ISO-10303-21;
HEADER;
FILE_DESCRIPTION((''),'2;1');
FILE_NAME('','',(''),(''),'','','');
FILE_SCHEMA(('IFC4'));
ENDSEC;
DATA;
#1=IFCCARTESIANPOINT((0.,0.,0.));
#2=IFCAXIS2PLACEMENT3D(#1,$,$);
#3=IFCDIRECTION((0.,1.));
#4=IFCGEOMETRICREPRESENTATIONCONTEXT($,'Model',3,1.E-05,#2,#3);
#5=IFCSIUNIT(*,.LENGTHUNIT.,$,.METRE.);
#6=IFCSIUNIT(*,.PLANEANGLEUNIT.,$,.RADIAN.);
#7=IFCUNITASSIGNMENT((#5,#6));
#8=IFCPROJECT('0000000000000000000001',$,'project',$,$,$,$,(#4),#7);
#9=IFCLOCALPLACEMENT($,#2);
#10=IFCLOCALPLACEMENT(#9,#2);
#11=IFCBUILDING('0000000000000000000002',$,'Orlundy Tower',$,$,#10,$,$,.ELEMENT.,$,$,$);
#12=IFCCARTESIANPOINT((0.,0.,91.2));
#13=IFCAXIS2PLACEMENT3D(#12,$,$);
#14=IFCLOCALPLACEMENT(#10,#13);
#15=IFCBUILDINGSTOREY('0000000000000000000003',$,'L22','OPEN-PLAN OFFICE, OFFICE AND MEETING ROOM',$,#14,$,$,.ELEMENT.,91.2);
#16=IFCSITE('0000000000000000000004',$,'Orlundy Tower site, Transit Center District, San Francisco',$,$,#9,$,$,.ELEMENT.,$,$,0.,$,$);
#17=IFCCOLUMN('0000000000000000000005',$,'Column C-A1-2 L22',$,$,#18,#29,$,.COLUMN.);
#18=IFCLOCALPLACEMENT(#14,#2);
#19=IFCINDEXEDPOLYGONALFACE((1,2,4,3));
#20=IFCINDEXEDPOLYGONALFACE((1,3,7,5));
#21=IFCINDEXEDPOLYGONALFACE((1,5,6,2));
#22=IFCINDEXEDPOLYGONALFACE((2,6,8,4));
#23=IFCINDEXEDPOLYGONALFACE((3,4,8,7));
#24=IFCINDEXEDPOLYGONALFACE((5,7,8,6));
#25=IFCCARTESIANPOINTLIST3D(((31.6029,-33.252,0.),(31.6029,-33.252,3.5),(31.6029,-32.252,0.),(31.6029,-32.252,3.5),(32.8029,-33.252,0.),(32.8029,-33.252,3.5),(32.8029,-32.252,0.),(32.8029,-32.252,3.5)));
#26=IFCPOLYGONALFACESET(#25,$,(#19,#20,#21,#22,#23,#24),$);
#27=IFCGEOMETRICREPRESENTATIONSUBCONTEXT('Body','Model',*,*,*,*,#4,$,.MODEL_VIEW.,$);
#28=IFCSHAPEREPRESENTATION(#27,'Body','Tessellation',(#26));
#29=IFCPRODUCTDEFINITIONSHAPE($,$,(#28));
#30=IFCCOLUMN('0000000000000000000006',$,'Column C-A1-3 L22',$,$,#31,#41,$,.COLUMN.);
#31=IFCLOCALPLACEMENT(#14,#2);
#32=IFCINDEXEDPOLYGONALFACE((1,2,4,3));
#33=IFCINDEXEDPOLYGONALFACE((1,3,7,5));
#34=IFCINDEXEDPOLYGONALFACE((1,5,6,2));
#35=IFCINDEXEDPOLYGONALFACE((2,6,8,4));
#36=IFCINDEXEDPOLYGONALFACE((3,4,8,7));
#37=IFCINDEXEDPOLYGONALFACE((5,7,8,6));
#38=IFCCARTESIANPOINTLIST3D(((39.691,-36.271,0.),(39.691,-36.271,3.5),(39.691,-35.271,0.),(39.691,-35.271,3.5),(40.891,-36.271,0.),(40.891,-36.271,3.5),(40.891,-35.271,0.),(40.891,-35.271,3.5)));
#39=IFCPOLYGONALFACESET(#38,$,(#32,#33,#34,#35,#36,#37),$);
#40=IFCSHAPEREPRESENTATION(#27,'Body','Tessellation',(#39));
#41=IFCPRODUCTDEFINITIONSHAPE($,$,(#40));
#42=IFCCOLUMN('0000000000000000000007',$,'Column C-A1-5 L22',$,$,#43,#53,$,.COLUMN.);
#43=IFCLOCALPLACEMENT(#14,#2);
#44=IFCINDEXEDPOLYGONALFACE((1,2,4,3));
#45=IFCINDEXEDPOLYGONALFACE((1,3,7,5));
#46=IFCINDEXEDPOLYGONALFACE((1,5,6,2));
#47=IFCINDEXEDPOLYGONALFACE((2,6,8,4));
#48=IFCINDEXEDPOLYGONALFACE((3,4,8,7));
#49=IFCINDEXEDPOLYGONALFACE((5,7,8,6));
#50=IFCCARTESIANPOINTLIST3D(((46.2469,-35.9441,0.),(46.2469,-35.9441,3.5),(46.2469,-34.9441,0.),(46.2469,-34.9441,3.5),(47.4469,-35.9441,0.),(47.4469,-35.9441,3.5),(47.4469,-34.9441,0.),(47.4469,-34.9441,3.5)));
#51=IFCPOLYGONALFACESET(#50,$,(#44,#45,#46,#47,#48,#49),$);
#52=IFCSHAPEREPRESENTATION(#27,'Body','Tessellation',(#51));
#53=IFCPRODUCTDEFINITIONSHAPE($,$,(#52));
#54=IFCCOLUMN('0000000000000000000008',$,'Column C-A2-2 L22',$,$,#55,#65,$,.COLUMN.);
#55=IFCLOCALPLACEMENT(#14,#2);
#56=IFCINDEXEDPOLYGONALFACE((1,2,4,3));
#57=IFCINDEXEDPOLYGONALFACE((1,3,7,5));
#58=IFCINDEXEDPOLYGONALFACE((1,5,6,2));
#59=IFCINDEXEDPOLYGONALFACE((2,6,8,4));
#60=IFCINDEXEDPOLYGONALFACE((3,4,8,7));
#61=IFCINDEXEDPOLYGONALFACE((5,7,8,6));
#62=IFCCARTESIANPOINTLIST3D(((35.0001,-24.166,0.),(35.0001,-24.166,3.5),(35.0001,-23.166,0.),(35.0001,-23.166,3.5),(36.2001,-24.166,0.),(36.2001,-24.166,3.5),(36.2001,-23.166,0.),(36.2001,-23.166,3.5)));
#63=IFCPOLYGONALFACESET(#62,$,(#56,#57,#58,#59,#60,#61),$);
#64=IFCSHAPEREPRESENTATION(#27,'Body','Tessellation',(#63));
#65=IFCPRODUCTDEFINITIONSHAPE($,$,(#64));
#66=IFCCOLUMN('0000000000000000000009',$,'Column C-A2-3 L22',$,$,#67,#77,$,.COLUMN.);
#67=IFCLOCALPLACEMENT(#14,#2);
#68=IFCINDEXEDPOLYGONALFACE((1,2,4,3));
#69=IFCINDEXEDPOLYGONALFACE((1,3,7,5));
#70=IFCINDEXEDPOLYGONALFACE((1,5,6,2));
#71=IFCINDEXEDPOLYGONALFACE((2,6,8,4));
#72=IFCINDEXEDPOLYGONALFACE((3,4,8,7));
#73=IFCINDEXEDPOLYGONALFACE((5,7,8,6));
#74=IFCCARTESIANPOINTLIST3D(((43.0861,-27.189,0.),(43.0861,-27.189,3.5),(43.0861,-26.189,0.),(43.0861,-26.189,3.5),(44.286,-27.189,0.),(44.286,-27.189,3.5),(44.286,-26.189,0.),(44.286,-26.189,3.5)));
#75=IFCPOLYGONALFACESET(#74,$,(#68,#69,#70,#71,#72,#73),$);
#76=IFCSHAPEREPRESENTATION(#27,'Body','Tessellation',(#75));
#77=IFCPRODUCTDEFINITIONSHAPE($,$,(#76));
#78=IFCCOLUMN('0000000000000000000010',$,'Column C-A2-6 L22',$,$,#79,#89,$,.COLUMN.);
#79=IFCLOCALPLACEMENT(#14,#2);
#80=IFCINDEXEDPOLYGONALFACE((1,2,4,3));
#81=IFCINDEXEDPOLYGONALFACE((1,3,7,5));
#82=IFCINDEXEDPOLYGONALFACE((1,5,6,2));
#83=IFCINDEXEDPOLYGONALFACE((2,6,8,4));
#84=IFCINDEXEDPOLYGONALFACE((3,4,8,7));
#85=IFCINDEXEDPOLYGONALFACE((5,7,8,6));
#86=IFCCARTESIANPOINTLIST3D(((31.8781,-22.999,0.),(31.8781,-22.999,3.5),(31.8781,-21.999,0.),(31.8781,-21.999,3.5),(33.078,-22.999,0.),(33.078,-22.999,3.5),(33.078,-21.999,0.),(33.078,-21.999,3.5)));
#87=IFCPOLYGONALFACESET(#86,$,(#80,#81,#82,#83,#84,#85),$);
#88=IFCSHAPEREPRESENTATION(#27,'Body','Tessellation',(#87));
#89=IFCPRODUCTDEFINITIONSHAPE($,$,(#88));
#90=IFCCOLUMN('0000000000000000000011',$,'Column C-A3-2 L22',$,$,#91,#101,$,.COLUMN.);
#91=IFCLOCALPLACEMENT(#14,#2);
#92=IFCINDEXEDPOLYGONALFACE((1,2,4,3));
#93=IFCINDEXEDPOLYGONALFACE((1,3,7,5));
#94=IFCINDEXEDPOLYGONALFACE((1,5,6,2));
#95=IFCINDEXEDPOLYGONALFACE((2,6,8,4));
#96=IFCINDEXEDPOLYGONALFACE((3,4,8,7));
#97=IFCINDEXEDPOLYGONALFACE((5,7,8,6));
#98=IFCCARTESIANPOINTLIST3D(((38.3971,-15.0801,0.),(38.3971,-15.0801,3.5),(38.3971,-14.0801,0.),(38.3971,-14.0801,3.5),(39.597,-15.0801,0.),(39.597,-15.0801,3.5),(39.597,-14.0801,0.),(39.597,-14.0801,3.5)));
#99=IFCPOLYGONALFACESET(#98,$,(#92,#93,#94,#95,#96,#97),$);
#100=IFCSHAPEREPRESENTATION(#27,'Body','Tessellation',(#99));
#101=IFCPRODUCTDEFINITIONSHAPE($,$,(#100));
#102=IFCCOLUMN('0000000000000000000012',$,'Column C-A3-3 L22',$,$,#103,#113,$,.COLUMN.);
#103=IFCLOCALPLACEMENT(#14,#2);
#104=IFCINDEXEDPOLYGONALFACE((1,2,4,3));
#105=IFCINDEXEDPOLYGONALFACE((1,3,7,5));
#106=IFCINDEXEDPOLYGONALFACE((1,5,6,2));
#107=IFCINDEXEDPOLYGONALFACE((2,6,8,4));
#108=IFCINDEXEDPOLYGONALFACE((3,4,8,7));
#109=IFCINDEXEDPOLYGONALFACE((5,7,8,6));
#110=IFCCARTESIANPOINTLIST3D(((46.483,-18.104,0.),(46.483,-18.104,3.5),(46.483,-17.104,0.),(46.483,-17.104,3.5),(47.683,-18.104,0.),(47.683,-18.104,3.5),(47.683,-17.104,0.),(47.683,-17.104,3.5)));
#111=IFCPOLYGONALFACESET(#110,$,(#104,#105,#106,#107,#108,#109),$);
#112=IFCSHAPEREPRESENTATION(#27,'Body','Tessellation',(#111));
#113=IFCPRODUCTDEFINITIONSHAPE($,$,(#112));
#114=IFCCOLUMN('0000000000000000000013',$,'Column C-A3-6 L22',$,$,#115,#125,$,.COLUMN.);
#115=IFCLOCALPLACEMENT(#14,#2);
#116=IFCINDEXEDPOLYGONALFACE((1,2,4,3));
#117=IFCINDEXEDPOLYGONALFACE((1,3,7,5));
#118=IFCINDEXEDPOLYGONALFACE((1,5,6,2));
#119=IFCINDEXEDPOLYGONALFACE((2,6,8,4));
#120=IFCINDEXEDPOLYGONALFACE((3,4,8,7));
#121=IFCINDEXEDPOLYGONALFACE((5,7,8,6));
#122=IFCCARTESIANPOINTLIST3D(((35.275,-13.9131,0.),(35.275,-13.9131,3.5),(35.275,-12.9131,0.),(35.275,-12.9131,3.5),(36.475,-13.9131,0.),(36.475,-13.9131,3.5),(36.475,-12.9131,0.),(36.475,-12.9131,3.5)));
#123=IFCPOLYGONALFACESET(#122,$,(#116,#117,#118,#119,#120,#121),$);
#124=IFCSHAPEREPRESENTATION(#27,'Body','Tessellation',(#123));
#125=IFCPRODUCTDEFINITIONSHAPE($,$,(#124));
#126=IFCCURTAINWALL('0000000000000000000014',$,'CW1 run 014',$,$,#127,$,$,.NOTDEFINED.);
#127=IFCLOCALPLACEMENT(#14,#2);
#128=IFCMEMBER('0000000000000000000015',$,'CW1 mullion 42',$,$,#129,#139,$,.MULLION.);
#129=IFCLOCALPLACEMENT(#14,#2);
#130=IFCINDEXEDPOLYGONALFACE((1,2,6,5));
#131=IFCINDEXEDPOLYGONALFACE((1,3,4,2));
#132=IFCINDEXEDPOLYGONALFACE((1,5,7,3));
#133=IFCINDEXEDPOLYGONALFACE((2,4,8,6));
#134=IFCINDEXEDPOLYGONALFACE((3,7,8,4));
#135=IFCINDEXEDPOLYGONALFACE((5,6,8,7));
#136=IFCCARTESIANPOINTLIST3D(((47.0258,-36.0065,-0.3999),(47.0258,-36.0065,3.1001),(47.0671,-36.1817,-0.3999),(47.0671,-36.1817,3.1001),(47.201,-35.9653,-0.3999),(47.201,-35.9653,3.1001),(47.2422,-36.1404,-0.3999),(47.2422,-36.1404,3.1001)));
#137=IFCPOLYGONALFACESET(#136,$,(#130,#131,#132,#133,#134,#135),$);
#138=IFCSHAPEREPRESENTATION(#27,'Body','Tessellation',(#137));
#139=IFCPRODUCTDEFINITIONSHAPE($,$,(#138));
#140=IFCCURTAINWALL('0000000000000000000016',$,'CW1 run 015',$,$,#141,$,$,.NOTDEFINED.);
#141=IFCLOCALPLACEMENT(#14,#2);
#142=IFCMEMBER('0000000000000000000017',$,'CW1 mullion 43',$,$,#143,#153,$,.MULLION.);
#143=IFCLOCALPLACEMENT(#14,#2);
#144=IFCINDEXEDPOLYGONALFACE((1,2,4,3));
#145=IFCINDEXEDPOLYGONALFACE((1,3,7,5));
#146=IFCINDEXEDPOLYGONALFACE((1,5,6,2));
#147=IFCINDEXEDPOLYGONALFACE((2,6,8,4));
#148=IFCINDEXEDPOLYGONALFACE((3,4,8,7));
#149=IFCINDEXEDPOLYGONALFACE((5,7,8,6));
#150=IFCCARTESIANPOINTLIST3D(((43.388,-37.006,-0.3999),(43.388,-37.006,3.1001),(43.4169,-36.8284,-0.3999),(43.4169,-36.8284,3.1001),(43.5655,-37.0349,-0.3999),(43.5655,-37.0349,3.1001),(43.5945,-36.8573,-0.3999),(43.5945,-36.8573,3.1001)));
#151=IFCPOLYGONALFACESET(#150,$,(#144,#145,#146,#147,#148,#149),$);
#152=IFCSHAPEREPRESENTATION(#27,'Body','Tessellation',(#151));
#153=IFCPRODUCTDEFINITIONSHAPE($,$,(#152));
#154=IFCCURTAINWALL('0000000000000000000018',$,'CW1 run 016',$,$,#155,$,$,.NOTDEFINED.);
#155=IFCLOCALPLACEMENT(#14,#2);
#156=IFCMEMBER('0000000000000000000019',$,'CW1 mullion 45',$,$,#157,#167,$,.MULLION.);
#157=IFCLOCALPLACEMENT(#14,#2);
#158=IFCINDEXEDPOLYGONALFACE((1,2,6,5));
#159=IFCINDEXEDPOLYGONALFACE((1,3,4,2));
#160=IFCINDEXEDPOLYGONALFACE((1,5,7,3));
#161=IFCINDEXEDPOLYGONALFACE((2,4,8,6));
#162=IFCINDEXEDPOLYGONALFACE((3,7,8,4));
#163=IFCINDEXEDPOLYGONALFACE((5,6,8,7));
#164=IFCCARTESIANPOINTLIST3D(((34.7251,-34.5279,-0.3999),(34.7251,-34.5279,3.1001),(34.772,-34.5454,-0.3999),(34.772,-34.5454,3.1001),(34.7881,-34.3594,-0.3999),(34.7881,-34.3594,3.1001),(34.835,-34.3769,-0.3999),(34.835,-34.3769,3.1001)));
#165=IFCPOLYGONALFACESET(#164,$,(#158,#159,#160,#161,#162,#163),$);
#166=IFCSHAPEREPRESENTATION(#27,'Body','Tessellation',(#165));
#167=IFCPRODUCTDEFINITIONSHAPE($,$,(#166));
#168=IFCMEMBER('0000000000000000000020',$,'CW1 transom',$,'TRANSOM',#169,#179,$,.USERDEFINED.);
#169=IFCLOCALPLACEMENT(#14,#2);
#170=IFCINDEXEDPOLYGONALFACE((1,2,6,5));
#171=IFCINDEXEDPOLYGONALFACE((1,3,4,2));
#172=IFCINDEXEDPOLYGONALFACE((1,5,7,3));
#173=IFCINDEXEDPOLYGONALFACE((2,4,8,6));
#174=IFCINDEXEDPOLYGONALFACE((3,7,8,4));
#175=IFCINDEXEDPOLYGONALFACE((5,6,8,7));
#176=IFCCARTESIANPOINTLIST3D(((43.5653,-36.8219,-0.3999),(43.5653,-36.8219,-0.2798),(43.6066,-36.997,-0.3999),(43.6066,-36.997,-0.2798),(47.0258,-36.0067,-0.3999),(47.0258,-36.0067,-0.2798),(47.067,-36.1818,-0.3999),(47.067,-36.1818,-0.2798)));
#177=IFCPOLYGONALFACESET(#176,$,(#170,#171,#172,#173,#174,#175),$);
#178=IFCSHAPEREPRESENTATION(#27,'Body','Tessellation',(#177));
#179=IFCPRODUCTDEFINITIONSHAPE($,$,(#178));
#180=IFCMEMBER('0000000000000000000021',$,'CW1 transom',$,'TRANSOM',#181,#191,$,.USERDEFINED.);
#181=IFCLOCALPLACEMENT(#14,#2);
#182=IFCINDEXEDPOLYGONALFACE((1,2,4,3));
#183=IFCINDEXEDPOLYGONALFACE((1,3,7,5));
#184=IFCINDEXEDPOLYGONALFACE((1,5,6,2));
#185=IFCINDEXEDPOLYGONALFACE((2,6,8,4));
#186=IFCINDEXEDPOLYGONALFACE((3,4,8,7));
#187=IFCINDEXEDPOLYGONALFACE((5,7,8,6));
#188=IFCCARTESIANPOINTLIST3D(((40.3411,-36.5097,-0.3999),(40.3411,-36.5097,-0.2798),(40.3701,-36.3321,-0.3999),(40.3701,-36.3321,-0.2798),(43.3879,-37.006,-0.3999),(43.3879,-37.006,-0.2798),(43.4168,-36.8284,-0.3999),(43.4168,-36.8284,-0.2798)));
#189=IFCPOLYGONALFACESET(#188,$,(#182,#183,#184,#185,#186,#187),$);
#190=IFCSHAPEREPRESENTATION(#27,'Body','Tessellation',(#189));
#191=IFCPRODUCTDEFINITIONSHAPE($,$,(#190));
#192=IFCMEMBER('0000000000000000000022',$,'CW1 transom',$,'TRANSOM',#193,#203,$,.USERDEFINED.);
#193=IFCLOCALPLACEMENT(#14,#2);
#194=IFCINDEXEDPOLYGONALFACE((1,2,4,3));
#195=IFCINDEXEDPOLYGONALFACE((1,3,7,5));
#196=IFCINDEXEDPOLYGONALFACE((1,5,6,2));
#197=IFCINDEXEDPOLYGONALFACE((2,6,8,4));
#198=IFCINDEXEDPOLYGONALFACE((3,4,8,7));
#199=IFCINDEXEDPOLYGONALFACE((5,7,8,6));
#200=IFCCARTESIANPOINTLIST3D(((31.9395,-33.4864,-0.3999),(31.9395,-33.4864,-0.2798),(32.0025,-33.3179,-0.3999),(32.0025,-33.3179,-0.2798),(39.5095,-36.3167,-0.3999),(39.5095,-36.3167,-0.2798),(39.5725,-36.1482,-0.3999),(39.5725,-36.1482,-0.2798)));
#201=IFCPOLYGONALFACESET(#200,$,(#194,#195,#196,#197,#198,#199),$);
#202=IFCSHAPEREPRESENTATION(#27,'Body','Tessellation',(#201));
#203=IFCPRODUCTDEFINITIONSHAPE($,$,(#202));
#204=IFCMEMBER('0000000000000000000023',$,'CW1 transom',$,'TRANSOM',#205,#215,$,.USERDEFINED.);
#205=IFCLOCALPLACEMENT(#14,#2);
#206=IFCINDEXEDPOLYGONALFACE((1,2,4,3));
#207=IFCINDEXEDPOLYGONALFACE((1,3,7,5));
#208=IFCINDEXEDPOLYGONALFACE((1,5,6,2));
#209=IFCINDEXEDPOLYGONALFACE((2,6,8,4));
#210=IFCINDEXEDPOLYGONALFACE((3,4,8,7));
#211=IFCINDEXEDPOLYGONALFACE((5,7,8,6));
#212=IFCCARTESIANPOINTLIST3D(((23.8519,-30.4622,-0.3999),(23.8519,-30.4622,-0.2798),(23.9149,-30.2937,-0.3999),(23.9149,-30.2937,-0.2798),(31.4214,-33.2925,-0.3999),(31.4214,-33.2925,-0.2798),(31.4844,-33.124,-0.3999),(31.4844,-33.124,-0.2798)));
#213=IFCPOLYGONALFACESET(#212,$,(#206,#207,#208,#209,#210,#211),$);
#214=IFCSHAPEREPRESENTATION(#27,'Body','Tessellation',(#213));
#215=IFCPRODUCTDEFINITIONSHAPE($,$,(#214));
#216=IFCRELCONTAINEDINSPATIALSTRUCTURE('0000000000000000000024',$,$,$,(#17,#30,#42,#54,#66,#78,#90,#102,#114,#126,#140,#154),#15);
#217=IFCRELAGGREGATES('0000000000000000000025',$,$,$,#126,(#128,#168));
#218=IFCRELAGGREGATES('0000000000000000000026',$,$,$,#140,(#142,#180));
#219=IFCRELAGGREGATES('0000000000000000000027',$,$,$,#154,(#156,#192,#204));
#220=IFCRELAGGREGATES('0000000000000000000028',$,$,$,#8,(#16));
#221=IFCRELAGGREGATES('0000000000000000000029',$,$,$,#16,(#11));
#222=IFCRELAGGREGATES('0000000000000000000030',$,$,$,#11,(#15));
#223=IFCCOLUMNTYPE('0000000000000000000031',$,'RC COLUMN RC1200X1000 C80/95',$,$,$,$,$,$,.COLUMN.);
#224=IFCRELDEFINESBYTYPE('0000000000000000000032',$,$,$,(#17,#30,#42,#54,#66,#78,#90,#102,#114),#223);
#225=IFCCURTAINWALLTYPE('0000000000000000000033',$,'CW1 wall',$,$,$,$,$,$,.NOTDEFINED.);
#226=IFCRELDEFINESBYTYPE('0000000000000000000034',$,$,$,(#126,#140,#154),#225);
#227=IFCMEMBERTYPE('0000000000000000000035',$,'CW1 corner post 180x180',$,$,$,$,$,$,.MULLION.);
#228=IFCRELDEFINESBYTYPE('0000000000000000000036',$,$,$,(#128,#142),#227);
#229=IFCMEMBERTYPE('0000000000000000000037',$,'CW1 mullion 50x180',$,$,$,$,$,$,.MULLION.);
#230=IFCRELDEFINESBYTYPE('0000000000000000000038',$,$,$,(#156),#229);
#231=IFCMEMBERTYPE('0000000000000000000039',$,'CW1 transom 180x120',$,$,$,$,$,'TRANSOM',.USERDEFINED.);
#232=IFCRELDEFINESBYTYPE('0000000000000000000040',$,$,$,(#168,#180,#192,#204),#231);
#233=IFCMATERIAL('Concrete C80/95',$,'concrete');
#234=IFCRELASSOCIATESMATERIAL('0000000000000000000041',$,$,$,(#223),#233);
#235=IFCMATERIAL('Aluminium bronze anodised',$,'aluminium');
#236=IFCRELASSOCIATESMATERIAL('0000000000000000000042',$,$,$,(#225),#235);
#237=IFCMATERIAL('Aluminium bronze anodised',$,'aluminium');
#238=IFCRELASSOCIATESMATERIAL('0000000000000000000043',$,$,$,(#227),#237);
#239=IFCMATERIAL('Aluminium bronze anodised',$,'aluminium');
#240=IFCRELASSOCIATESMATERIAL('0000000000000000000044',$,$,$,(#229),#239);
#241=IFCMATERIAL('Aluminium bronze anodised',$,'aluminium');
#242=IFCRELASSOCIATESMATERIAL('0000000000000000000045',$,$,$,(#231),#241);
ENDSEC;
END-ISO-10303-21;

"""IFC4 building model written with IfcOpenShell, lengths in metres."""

from ifc_helpers import new_model, si_unit, direction, frame, origin, origin_2d, place, context, subcontext, project, spatial, rectangle, extrude, material, material_profile, profile_set, type_object, element, aggregate, save


model = new_model("IFC4")

# Units and contexts
model_context = context("Model", 3, precision=1e-05, world=origin(), true_north=direction((0.0, 1.0)))
body_context = subcontext(model_context, "Body", "Model", "MODEL_VIEW")
ifc_project = project(units=[si_unit("LENGTHUNIT", "METRE"), si_unit("PLANEANGLEUNIT", "RADIAN")], contexts=[model_context])

# Site, building, storey
site_placement = place(None, origin())
site = spatial("IfcSite", under=ifc_project, at=site_placement, Name="Orlundy Tower site, Transit Center District, San Francisco", CompositionType="ELEMENT", RefElevation=0.0)
building_placement = place(site_placement, origin())
building = spatial("IfcBuilding", under=site, at=building_placement, Name="Orlundy Tower", CompositionType="ELEMENT")
storey_placement = place(building_placement, frame((0.0, 0.0, 91.2)))
storey = spatial("IfcBuildingStorey", under=building, at=storey_placement, Name="L22", Description="OPEN-PLAN OFFICE, OFFICE AND MEETING ROOM", CompositionType="ELEMENT", Elevation=91.2)

# Columns
ifc_material_1 = material(Name="Concrete C80/95", Category="concrete")
ifc_material_profile_1 = material_profile(ifc_material_1, rectangle(XDim=1.2, YDim=1.0, at=origin_2d()), Name="RC1200X1000")
ifc_profile_set_1 = profile_set([ifc_material_profile_1], Name="Concrete C80/95")
column_type = type_object("IfcColumnType", Name="RC COLUMN RC1200X1000 C80/95", PredefinedType="COLUMN", material=ifc_profile_set_1)
for number, where, z_axis, x_axis, name in (
    (1, (32.2029, -32.752, 0.0), (0.0, 0.0, 1.0), (1.0, 0.0, 0.0), "Column C-A1-2 L22"),
    (2, (40.291, -35.771, 0.0), (0.0, 0.0, 1.0), (1.0, 0.0, 0.0), "Column C-A1-3 L22"),
    (3, (46.8469, -35.4441, 0.0), (0.0, 0.0, 1.0), (1.0, 0.0, 0.0), "Column C-A1-5 L22"),
    (4, (35.6001, -23.666, 0.0), (0.0, 0.0, 1.0), (1.0, 0.0, 0.0), "Column C-A2-2 L22"),
    (5, (43.686, -26.689, 0.0), (0.0, 0.0, 1.0), (1.0, 0.0, 0.0), "Column C-A2-3 L22"),
    (6, (32.478, -22.499, 0.0), (0.0, 0.0, 1.0), (1.0, 0.0, 0.0), "Column C-A2-6 L22"),
    (7, (38.9971, -14.5801, 0.0), (0.0, 0.0, 1.0), (1.0, 0.0, 0.0), "Column C-A3-2 L22"),
    (8, (47.083, -17.604, 0.0), (0.0, 0.0, 1.0), (1.0, 0.0, 0.0), "Column C-A3-3 L22"),
    (9, (35.875, -13.4131, 0.0), (0.0, 0.0, 1.0), (1.0, 0.0, 0.0), "Column C-A3-6 L22"),
):
    element("IfcColumn", number, at=place(storey_placement, frame(where, z_axis=z_axis, x_axis=x_axis)), inside=storey, type_object=column_type, Name=name, PredefinedType="COLUMN", context=body_context, shape_type="SweptSolid", body=[
        extrude(rectangle(XDim=1.2, YDim=1.0, at=origin_2d()), origin(), (0.0, 0.0, 1.0), 3.5),
    ])

# Curtain walls, members
ifc_material_2 = material(Name="Aluminium bronze anodised", Category="aluminium")
curtain_wall_type = type_object("IfcCurtainWallType", Name="CW1 wall", PredefinedType="NOTDEFINED", material=ifc_material_2)
curtain_wall_1_placement = place(storey_placement, origin())
curtain_wall_1 = element("IfcCurtainWall", 10, at=curtain_wall_1_placement, inside=storey, type_object=curtain_wall_type, Name="CW1 run 014", PredefinedType="NOTDEFINED")
ifc_material_3 = material(Name="Aluminium bronze anodised", Category="aluminium")
ifc_material_profile_2 = material_profile(ifc_material_3, rectangle(XDim=0.1799, YDim=0.1799, at=origin_2d()), Name="CW1 corner post 180x180")
ifc_profile_set_2 = profile_set([ifc_material_profile_2], Name="Aluminium bronze anodised")
member_type_1 = type_object("IfcMemberType", Name="CW1 corner post 180x180", PredefinedType="MULLION", material=ifc_profile_set_2)
member_1_placement = place(storey_placement, frame((47.134, -36.0735, -0.3999), z_axis=(0.0, 0.0, 1.0), x_axis=(0.22931, -0.973353, 0.0)))
member_1 = element("IfcMember", 11, at=member_1_placement, type_object=member_type_1, Name="CW1 mullion 42", PredefinedType="MULLION", context=body_context, shape_type="SweptSolid", body=[
    extrude(rectangle(XDim=0.1799, YDim=0.1799, at=origin_2d()), origin(), (0.0, 0.0, 1.0), 3.5),
])
curtain_wall_2_placement = place(storey_placement, origin())
curtain_wall_2 = element("IfcCurtainWall", 12, at=curtain_wall_2_placement, inside=storey, type_object=curtain_wall_type, Name="CW1 run 015", PredefinedType="NOTDEFINED")
member_2_placement = place(storey_placement, frame((43.4912, -36.9316, -0.3999), z_axis=(0.0, 0.0, 1.0), x_axis=(-0.160767, -0.986992, 0.0)))
member_2 = element("IfcMember", 13, at=member_2_placement, type_object=member_type_1, Name="CW1 mullion 43", PredefinedType="MULLION", context=body_context, shape_type="SweptSolid", body=[
    extrude(rectangle(XDim=0.1799, YDim=0.1799, at=origin_2d()), origin(), (0.0, 0.0, 1.0), 3.5),
])
curtain_wall_3_placement = place(storey_placement, origin())
curtain_wall_3 = element("IfcCurtainWall", 14, at=curtain_wall_3_placement, inside=storey, type_object=curtain_wall_type, Name="CW1 run 016", PredefinedType="NOTDEFINED")
ifc_material_4 = material(Name="Aluminium bronze anodised", Category="aluminium")
ifc_material_profile_3 = material_profile(ifc_material_4, rectangle(XDim=0.1799, YDim=0.05, at=origin_2d()), Name="CW1 mullion 50x180")
ifc_profile_set_3 = profile_set([ifc_material_profile_3], Name="Aluminium bronze anodised")
member_type_2 = type_object("IfcMemberType", Name="CW1 mullion 50x180", PredefinedType="MULLION", material=ifc_profile_set_3)
member_3_placement = place(storey_placement, frame((34.78, -34.4524, -0.3999), z_axis=(0.0, 0.0, 1.0), x_axis=(-0.350219, -0.936668, 0.0)))
member_3 = element("IfcMember", 15, at=member_3_placement, type_object=member_type_2, Name="CW1 mullion 45", PredefinedType="MULLION", context=body_context, shape_type="SweptSolid", body=[
    extrude(rectangle(XDim=0.1799, YDim=0.05, at=origin_2d()), origin(), (0.0, 0.0, 1.0), 3.5),
])

# Members
ifc_material_5 = material(Name="Aluminium bronze anodised", Category="aluminium")
ifc_material_profile_4 = material_profile(ifc_material_5, rectangle(XDim=0.1799, YDim=0.1201, at=origin_2d()), Name="CW1 transom 180x120")
ifc_profile_set_4 = profile_set([ifc_material_profile_4], Name="Aluminium bronze anodised")
member_type_3 = type_object("IfcMemberType", Name="CW1 transom 180x120", ElementType="TRANSOM", PredefinedType="USERDEFINED", material=ifc_profile_set_4)
member_4_placement = place(storey_placement, frame((47.0464, -36.0942, -0.3398), z_axis=(-0.973357, -0.229296, 0.0), x_axis=(0.229296, -0.973357, 0.0)))
member_4 = element("IfcMember", 16, at=member_4_placement, type_object=member_type_3, Name="CW1 transom", ObjectType="TRANSOM", PredefinedType="USERDEFINED", context=body_context, shape_type="SweptSolid", body=[
    extrude(rectangle(XDim=0.1799, YDim=0.1201, at=origin_2d()), origin(), (0.0, 0.0, 1.0), 3.5552),
])
member_5_placement = place(storey_placement, frame((43.4023, -36.9172, -0.3398), z_axis=(-0.986988, 0.160794, 0.0), x_axis=(-0.160794, -0.986988, 0.0)))
member_5 = element("IfcMember", 17, at=member_5_placement, type_object=member_type_3, Name="CW1 transom", ObjectType="TRANSOM", PredefinedType="USERDEFINED", context=body_context, shape_type="SweptSolid", body=[
    extrude(rectangle(XDim=0.1799, YDim=0.1201, at=origin_2d()), origin(), (0.0, 0.0, 1.0), 3.0869),
])
member_6_placement = place(storey_placement, frame((39.541, -36.2324, -0.3398), z_axis=(-0.936673, 0.350206, 0.0), x_axis=(-0.350206, -0.936673, 0.0)))
member_6 = element("IfcMember", 18, at=member_6_placement, type_object=member_type_3, Name="CW1 transom", ObjectType="TRANSOM", PredefinedType="USERDEFINED", context=body_context, shape_type="SweptSolid", body=[
    extrude(rectangle(XDim=0.1799, YDim=0.1201, at=origin_2d()), origin(), (0.0, 0.0, 1.0), 8.0818),
])
member_7_placement = place(storey_placement, frame((31.4529, -33.2083, -0.3398), z_axis=(-0.936665, 0.350226, 0.0), x_axis=(-0.350226, -0.936665, 0.0)))
member_7 = element("IfcMember", 19, at=member_7_placement, type_object=member_type_3, Name="CW1 transom", ObjectType="TRANSOM", PredefinedType="USERDEFINED", context=body_context, shape_type="SweptSolid", body=[
    extrude(rectangle(XDim=0.1799, YDim=0.1201, at=origin_2d()), origin(), (0.0, 0.0, 1.0), 8.0813),
])

aggregate(curtain_wall_1, [member_1, member_4])
aggregate(curtain_wall_2, [member_2, member_5])
aggregate(curtain_wall_3, [member_3, member_6, member_7])

save(model, "model.ifc")
